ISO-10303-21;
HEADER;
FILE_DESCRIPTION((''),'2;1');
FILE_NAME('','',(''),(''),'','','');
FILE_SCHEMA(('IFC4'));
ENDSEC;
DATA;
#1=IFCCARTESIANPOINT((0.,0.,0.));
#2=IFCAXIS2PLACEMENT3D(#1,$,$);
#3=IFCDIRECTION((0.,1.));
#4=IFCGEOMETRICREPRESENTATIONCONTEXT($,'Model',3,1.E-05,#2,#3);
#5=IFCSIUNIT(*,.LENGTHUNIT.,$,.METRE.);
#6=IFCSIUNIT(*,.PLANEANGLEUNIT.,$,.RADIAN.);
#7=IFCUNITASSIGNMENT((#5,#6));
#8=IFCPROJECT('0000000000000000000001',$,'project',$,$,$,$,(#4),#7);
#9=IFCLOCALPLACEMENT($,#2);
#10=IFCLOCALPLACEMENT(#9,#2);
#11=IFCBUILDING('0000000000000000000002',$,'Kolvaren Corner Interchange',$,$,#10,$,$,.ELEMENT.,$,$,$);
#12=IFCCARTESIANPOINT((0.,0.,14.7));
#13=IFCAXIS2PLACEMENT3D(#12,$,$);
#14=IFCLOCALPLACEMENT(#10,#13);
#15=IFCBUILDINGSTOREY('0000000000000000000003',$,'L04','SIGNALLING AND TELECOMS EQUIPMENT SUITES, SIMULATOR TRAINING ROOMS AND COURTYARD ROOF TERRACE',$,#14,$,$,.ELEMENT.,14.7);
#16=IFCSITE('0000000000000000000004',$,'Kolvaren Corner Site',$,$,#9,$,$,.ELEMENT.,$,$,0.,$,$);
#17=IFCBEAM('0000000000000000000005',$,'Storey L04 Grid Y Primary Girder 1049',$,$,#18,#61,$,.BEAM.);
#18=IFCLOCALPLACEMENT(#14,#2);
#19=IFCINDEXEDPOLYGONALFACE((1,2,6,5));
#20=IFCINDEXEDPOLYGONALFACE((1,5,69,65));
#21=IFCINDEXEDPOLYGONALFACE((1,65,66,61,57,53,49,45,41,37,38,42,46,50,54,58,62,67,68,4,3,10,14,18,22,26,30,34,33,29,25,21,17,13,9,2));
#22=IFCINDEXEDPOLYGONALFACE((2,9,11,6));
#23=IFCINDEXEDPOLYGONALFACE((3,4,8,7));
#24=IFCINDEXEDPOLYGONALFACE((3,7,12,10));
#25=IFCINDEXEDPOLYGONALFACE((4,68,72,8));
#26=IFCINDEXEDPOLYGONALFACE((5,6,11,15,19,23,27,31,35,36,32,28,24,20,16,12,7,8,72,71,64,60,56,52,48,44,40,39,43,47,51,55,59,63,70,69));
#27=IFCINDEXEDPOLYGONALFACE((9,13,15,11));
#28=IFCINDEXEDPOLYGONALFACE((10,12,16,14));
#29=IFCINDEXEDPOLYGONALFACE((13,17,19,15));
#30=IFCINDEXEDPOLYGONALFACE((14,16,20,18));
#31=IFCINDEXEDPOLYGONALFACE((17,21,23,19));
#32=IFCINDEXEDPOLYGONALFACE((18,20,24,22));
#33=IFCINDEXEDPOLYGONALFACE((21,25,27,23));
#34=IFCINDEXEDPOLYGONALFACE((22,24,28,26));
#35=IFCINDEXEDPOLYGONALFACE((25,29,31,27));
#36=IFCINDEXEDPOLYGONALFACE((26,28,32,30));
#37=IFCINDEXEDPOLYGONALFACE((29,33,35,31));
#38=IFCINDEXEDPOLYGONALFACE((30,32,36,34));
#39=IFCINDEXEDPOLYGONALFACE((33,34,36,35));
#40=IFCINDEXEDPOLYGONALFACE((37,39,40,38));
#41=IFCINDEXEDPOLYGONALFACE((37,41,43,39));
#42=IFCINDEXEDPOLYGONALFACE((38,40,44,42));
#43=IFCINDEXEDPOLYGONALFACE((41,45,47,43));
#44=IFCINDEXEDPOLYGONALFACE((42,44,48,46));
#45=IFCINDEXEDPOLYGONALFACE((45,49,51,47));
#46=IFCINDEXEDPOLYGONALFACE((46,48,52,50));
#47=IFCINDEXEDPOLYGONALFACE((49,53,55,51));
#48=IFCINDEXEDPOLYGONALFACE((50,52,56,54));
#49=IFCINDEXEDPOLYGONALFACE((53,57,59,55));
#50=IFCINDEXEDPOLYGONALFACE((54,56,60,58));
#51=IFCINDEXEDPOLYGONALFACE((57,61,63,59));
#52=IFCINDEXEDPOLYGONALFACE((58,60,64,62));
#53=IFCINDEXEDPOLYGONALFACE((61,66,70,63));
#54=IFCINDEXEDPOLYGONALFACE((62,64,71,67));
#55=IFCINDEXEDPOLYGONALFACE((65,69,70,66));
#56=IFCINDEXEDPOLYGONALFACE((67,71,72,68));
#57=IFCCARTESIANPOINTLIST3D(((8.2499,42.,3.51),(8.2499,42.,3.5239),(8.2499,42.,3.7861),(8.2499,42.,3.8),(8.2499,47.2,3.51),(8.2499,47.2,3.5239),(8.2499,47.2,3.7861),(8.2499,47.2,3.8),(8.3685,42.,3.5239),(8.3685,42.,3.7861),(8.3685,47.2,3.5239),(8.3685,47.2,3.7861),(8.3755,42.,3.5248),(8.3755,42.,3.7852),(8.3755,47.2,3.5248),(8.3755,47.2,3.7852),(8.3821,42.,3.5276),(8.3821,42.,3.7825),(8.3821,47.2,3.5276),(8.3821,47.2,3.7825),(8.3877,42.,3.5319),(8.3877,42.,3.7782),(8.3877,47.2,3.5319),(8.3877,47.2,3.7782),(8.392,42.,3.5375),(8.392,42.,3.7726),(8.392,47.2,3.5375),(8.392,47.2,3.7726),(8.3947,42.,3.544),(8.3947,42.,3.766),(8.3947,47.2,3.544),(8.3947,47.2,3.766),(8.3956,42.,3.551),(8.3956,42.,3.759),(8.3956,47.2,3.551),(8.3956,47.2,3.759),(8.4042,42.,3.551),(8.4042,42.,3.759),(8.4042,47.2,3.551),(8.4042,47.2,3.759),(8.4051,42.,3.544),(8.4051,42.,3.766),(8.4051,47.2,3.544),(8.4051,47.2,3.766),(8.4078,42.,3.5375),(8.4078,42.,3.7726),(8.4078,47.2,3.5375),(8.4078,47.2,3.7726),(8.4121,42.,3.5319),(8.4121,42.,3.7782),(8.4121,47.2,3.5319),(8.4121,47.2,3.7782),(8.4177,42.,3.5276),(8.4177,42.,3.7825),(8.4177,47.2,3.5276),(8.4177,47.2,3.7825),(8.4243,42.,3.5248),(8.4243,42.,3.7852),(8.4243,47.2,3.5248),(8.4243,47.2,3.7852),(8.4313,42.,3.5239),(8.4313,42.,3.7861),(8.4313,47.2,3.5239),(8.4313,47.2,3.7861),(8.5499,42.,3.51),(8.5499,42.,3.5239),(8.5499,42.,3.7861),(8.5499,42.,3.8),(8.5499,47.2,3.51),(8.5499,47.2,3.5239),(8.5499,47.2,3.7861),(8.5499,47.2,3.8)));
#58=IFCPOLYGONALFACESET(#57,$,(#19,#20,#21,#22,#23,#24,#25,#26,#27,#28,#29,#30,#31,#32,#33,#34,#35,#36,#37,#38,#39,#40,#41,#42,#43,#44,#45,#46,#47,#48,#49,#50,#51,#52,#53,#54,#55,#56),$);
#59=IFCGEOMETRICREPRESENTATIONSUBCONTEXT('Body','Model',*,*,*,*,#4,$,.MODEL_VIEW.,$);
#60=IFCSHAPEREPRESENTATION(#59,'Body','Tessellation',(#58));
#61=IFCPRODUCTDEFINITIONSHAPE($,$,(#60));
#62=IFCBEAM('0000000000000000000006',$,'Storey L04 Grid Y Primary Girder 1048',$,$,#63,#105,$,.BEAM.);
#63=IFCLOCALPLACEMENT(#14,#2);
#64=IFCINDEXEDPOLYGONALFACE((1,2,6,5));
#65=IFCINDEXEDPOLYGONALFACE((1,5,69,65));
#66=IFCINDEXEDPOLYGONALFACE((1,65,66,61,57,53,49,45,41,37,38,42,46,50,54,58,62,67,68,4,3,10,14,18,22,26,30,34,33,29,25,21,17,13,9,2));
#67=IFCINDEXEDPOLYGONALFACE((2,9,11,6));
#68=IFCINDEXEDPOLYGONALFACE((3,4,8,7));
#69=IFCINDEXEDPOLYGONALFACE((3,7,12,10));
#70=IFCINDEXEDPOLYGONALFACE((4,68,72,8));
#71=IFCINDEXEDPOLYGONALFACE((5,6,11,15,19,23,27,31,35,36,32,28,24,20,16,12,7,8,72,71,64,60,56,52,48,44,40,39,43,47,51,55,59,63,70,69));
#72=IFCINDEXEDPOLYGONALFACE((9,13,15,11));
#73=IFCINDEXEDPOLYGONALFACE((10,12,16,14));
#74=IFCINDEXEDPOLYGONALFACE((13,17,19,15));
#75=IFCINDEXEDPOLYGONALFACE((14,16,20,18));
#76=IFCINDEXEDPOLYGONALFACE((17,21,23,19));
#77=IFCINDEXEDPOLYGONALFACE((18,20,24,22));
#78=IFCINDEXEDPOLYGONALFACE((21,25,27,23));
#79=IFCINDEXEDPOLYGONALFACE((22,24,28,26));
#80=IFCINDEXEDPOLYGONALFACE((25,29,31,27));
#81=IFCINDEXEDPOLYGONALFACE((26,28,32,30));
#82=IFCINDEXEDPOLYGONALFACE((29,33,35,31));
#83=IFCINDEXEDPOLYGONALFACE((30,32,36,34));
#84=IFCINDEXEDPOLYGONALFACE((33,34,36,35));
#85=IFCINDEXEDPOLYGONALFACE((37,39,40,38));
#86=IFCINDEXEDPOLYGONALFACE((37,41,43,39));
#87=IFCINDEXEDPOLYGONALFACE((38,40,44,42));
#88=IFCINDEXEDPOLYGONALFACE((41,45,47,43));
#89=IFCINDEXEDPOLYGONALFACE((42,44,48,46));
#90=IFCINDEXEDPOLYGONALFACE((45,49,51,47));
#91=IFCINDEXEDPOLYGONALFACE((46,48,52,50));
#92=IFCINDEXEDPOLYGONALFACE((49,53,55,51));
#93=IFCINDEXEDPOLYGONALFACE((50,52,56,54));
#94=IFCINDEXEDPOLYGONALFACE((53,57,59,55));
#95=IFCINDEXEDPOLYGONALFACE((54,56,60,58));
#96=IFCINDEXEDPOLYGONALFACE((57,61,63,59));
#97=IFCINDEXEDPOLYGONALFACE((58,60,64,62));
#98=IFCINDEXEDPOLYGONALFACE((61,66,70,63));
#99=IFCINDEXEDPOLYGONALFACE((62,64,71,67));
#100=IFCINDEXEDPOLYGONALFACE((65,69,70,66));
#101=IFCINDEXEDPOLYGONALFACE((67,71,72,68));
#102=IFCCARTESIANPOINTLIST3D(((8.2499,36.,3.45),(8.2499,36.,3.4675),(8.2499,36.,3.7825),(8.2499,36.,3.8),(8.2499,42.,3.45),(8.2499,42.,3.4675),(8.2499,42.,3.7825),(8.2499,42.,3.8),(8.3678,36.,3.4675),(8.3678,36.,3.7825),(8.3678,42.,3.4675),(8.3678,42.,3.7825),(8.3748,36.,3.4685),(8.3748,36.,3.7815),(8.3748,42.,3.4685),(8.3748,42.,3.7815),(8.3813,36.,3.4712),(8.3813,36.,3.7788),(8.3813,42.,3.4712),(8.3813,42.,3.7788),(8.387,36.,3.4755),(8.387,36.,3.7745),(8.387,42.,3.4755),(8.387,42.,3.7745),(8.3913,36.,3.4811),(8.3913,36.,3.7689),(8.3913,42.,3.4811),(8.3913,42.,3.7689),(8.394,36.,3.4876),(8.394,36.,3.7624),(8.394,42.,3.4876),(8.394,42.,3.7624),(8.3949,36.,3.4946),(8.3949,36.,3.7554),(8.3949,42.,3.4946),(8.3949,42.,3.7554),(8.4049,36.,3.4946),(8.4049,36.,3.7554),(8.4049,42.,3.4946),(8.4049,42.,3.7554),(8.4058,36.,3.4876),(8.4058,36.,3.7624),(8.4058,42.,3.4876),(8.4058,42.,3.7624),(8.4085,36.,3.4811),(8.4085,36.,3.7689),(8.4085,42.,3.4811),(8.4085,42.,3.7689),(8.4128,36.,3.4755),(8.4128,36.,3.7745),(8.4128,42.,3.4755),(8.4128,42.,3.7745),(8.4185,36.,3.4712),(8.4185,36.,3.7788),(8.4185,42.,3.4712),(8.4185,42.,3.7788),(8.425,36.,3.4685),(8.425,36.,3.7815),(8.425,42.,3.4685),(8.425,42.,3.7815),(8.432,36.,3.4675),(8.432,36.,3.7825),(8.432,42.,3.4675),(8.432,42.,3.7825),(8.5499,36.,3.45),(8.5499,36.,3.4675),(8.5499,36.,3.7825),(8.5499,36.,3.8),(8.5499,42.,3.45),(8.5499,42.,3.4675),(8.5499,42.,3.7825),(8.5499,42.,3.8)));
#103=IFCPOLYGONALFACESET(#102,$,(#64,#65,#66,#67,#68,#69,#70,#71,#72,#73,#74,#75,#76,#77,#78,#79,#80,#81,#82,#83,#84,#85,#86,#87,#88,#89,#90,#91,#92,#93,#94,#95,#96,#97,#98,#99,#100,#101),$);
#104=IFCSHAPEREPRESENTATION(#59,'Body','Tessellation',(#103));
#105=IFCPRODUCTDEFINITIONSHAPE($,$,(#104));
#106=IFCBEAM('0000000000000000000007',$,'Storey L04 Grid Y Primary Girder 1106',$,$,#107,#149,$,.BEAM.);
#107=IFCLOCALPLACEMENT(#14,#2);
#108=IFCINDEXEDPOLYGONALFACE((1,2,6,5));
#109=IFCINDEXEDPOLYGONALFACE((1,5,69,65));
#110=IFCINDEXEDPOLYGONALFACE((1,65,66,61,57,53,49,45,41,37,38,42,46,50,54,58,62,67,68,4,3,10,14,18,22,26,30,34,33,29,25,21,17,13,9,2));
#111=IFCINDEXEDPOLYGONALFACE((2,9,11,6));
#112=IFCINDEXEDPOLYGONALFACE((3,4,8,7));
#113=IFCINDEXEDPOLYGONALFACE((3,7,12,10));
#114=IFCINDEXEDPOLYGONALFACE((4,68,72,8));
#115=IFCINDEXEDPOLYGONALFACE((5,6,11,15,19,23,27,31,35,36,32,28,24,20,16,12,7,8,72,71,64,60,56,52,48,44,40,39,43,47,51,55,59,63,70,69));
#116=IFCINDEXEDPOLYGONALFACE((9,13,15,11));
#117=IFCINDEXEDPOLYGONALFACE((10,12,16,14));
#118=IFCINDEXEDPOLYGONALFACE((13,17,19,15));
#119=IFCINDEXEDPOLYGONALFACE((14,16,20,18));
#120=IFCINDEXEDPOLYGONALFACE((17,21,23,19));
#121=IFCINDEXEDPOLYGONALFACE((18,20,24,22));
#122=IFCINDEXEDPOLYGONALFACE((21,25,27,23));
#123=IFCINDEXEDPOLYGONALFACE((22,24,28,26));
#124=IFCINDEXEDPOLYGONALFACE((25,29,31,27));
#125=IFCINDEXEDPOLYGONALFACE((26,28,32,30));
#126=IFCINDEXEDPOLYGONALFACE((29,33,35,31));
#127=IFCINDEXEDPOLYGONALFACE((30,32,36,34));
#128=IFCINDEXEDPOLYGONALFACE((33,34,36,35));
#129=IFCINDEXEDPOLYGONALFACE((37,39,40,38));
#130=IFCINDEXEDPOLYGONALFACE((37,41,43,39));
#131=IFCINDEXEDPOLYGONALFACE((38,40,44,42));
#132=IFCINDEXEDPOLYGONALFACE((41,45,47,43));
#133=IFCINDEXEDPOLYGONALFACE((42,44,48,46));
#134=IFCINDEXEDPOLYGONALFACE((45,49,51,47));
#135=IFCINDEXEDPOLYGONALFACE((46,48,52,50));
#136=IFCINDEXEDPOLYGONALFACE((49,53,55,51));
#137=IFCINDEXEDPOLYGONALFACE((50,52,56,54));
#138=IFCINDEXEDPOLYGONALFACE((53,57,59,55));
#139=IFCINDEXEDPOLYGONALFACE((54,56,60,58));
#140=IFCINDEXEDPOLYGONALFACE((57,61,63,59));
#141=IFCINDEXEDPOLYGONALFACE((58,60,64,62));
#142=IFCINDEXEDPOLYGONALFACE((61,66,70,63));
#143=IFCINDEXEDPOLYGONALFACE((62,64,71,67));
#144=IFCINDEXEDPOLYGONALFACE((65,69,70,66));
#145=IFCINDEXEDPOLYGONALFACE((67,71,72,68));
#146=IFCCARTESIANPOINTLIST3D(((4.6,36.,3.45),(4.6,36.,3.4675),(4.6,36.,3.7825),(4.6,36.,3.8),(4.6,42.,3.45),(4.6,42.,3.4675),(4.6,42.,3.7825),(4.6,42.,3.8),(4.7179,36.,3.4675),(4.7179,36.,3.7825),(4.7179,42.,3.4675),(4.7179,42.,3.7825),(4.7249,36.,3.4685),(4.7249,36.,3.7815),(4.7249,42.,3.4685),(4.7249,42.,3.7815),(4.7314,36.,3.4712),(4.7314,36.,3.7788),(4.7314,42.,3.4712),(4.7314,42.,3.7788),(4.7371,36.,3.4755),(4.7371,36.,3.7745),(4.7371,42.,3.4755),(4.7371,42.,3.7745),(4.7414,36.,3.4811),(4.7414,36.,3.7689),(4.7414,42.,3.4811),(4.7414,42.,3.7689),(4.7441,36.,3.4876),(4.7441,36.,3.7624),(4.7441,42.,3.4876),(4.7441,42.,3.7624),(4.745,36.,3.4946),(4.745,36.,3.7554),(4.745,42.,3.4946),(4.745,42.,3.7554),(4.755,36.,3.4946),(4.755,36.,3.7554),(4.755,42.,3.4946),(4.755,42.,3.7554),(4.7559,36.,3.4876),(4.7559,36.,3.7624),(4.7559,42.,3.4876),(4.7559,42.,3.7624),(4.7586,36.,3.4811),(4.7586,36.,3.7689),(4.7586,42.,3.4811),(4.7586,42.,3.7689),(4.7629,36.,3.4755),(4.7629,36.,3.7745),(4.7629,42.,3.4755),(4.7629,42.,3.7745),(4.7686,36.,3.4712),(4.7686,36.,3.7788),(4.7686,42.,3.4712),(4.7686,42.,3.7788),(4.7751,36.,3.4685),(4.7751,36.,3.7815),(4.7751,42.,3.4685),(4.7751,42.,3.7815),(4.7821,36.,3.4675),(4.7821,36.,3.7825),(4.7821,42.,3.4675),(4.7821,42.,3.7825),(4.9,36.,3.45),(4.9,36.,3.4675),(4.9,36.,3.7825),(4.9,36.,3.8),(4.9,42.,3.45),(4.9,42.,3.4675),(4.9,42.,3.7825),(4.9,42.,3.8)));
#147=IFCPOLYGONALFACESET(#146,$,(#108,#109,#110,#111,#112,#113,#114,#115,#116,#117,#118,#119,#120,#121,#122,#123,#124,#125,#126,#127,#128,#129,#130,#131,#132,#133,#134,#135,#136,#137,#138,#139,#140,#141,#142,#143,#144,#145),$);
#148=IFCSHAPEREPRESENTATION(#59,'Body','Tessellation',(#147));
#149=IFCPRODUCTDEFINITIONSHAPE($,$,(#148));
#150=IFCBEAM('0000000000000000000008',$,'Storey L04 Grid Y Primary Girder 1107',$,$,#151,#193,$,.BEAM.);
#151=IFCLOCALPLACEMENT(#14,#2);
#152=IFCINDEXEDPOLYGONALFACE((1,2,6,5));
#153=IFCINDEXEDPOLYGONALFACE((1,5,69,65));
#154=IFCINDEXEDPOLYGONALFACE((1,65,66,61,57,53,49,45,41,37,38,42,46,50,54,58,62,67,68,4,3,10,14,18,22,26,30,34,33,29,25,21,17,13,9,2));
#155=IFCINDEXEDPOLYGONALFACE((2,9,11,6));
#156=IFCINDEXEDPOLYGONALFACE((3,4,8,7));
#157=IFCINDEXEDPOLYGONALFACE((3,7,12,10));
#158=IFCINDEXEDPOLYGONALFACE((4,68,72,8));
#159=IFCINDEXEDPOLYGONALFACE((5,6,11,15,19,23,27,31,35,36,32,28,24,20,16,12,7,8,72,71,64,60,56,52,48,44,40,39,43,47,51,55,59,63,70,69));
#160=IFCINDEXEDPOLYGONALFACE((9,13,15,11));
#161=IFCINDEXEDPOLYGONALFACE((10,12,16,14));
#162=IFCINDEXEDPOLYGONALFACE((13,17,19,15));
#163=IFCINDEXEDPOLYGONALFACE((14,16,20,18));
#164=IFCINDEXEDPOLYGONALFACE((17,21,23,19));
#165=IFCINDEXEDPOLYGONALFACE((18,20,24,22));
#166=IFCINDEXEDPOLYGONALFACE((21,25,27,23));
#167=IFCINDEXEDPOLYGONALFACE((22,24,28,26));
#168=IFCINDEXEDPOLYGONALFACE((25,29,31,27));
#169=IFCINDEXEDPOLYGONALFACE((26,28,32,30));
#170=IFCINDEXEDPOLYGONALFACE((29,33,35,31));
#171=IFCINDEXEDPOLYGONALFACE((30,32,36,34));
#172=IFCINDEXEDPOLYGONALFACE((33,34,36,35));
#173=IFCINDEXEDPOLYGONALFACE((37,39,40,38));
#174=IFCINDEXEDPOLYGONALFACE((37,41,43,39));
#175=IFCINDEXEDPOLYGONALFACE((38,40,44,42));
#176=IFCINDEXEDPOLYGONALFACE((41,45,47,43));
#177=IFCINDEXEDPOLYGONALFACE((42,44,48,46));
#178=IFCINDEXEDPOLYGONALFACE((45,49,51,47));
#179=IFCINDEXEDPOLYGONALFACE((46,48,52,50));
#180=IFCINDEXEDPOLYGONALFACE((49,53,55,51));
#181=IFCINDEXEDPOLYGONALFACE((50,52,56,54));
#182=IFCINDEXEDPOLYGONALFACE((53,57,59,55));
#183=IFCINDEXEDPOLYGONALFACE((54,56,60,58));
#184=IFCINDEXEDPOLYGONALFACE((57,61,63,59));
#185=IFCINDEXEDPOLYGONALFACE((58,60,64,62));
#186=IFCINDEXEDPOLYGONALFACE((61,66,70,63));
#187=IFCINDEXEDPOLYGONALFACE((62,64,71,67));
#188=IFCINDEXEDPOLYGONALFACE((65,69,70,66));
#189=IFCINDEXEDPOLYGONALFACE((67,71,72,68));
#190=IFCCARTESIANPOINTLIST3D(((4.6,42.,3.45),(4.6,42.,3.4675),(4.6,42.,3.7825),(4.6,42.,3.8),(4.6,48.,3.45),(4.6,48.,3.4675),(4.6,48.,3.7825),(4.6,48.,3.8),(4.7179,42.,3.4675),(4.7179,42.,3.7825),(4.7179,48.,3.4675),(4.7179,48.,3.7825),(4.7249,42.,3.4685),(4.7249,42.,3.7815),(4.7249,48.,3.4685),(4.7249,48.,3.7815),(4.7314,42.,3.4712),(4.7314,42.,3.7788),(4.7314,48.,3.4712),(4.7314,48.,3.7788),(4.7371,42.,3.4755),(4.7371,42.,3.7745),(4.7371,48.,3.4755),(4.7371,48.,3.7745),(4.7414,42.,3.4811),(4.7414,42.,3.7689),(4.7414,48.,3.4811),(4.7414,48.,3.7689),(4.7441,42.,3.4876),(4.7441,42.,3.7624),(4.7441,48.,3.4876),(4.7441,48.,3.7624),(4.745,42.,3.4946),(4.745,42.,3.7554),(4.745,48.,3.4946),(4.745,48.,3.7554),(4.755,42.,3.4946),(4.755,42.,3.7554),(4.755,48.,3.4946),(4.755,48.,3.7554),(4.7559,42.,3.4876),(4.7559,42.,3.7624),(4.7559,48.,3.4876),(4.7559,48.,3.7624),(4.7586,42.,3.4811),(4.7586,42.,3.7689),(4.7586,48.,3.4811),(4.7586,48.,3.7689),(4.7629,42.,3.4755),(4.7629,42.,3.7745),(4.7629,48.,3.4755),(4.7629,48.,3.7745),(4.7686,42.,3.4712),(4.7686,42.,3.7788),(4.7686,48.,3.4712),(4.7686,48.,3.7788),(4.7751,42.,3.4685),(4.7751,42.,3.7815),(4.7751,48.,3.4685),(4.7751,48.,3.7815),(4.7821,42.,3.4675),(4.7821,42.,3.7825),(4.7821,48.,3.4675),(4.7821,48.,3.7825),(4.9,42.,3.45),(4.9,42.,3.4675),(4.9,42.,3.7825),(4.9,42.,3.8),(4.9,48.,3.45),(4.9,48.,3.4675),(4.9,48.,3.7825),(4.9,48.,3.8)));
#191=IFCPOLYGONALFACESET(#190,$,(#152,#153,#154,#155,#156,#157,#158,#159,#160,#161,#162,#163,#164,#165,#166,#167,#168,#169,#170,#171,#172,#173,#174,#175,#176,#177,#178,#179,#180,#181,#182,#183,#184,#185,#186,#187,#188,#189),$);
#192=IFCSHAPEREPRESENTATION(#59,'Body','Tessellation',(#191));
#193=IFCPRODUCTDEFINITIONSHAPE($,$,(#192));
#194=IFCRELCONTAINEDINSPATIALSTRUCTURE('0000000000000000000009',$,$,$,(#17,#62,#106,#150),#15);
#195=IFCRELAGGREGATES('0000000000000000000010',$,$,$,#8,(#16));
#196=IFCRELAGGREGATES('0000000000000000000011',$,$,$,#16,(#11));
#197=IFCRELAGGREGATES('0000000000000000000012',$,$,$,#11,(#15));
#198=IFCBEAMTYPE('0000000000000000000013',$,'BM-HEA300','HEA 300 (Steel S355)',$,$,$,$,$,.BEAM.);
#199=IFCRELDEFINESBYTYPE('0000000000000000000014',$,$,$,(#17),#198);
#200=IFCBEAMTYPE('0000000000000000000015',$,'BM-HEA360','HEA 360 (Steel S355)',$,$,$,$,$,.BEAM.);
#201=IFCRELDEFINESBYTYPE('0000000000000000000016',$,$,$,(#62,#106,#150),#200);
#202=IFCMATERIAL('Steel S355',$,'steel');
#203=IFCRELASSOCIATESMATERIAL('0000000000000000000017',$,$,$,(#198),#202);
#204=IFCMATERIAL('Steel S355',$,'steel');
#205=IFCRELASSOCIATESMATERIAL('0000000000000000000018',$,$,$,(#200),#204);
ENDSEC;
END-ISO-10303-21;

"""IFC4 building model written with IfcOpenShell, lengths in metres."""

from ifc_helpers import new_model, si_unit, direction, frame, origin, origin_2d, place, context, subcontext, project, spatial, i_section, extrude, material, material_profile, profile_set, type_object, element, save


model = new_model("IFC4")

# Units and contexts
model_context = context("Model", 3, precision=1e-05, world=origin(), true_north=direction((0.0, 1.0)))
body_context = subcontext(model_context, "Body", "Model", "MODEL_VIEW")
ifc_project = project(units=[si_unit("LENGTHUNIT", "METRE"), si_unit("PLANEANGLEUNIT", "RADIAN")], contexts=[model_context])

# Site, building, storey
site_placement = place(None, origin())
site = spatial("IfcSite", under=ifc_project, at=site_placement, Name="Kolvaren Corner Site", CompositionType="ELEMENT", RefElevation=0.0)
building_placement = place(site_placement, origin())
building = spatial("IfcBuilding", under=site, at=building_placement, Name="Kolvaren Corner Interchange", CompositionType="ELEMENT")
storey_placement = place(building_placement, frame((0.0, 0.0, 14.7)))
storey = spatial("IfcBuildingStorey", under=building, at=storey_placement, Name="L04", Description="SIGNALLING AND TELECOMS EQUIPMENT SUITES, SIMULATOR TRAINING ROOMS AND COURTYARD ROOF TERRACE", CompositionType="ELEMENT", Elevation=14.7)

# Beams
ifc_material_1 = material(Name="Steel S355", Category="steel")
ifc_material_profile_1 = material_profile(ifc_material_1, i_section(OverallWidth=0.3, OverallDepth=0.29, WebThickness=0.0085, FlangeThickness=0.0139, FilletRadius=0.0271, at=origin_2d()), Name="HEA 300")
ifc_profile_set_1 = profile_set([ifc_material_profile_1], Name="Steel S355")
beam_type_1 = type_object("IfcBeamType", Name="BM-HEA300", Description="HEA 300 (Steel S355)", PredefinedType="BEAM", material=ifc_profile_set_1)
beam_1_placement = place(storey_placement, frame((8.3999, 42.0, 3.655), z_axis=(0.0, 1.0, 0.0), x_axis=(-1.0, 0.0, 0.0)))
element("IfcBeam", 1, at=beam_1_placement, inside=storey, type_object=beam_type_1, Name="Storey L04 Grid Y Primary Girder 1049", PredefinedType="BEAM", context=body_context, shape_type="SweptSolid", body=[
    extrude(i_section(OverallWidth=0.3, OverallDepth=0.29, WebThickness=0.0085, FlangeThickness=0.0139, FilletRadius=0.0271, at=origin_2d()), origin(), (0.0, 0.0, 1.0), 5.2),
])
ifc_material_2 = material(Name="Steel S355", Category="steel")
ifc_material_profile_2 = material_profile(ifc_material_2, i_section(OverallWidth=0.3, OverallDepth=0.3501, WebThickness=0.01, FlangeThickness=0.0176, FilletRadius=0.0271, at=origin_2d()), Name="HEA 360")
ifc_profile_set_2 = profile_set([ifc_material_profile_2], Name="Steel S355")
beam_type_2 = type_object("IfcBeamType", Name="BM-HEA360", Description="HEA 360 (Steel S355)", PredefinedType="BEAM", material=ifc_profile_set_2)
for number, where, z_axis, x_axis, name in (
    (2, (8.3999, 36.0, 3.625), (0.0, 1.0, 0.0), (-1.0, 0.0, 0.0), "Storey L04 Grid Y Primary Girder 1048"),
    (3, (4.75, 36.0, 3.625), (0.0, 1.0, 0.0), (-1.0, 0.0, 0.0), "Storey L04 Grid Y Primary Girder 1106"),
    (4, (4.75, 42.0, 3.625), (0.0, 1.0, 0.0), (-1.0, 0.0, 0.0), "Storey L04 Grid Y Primary Girder 1107"),
):
    element("IfcBeam", number, at=place(storey_placement, frame(where, z_axis=z_axis, x_axis=x_axis)), inside=storey, type_object=beam_type_2, Name=name, PredefinedType="BEAM", context=body_context, shape_type="SweptSolid", body=[
        extrude(i_section(OverallWidth=0.3, OverallDepth=0.3501, WebThickness=0.01, FlangeThickness=0.0176, FilletRadius=0.0271, at=origin_2d()), origin(), (0.0, 0.0, 1.0), 6.0),
    ])

save(model, "model.ifc")
